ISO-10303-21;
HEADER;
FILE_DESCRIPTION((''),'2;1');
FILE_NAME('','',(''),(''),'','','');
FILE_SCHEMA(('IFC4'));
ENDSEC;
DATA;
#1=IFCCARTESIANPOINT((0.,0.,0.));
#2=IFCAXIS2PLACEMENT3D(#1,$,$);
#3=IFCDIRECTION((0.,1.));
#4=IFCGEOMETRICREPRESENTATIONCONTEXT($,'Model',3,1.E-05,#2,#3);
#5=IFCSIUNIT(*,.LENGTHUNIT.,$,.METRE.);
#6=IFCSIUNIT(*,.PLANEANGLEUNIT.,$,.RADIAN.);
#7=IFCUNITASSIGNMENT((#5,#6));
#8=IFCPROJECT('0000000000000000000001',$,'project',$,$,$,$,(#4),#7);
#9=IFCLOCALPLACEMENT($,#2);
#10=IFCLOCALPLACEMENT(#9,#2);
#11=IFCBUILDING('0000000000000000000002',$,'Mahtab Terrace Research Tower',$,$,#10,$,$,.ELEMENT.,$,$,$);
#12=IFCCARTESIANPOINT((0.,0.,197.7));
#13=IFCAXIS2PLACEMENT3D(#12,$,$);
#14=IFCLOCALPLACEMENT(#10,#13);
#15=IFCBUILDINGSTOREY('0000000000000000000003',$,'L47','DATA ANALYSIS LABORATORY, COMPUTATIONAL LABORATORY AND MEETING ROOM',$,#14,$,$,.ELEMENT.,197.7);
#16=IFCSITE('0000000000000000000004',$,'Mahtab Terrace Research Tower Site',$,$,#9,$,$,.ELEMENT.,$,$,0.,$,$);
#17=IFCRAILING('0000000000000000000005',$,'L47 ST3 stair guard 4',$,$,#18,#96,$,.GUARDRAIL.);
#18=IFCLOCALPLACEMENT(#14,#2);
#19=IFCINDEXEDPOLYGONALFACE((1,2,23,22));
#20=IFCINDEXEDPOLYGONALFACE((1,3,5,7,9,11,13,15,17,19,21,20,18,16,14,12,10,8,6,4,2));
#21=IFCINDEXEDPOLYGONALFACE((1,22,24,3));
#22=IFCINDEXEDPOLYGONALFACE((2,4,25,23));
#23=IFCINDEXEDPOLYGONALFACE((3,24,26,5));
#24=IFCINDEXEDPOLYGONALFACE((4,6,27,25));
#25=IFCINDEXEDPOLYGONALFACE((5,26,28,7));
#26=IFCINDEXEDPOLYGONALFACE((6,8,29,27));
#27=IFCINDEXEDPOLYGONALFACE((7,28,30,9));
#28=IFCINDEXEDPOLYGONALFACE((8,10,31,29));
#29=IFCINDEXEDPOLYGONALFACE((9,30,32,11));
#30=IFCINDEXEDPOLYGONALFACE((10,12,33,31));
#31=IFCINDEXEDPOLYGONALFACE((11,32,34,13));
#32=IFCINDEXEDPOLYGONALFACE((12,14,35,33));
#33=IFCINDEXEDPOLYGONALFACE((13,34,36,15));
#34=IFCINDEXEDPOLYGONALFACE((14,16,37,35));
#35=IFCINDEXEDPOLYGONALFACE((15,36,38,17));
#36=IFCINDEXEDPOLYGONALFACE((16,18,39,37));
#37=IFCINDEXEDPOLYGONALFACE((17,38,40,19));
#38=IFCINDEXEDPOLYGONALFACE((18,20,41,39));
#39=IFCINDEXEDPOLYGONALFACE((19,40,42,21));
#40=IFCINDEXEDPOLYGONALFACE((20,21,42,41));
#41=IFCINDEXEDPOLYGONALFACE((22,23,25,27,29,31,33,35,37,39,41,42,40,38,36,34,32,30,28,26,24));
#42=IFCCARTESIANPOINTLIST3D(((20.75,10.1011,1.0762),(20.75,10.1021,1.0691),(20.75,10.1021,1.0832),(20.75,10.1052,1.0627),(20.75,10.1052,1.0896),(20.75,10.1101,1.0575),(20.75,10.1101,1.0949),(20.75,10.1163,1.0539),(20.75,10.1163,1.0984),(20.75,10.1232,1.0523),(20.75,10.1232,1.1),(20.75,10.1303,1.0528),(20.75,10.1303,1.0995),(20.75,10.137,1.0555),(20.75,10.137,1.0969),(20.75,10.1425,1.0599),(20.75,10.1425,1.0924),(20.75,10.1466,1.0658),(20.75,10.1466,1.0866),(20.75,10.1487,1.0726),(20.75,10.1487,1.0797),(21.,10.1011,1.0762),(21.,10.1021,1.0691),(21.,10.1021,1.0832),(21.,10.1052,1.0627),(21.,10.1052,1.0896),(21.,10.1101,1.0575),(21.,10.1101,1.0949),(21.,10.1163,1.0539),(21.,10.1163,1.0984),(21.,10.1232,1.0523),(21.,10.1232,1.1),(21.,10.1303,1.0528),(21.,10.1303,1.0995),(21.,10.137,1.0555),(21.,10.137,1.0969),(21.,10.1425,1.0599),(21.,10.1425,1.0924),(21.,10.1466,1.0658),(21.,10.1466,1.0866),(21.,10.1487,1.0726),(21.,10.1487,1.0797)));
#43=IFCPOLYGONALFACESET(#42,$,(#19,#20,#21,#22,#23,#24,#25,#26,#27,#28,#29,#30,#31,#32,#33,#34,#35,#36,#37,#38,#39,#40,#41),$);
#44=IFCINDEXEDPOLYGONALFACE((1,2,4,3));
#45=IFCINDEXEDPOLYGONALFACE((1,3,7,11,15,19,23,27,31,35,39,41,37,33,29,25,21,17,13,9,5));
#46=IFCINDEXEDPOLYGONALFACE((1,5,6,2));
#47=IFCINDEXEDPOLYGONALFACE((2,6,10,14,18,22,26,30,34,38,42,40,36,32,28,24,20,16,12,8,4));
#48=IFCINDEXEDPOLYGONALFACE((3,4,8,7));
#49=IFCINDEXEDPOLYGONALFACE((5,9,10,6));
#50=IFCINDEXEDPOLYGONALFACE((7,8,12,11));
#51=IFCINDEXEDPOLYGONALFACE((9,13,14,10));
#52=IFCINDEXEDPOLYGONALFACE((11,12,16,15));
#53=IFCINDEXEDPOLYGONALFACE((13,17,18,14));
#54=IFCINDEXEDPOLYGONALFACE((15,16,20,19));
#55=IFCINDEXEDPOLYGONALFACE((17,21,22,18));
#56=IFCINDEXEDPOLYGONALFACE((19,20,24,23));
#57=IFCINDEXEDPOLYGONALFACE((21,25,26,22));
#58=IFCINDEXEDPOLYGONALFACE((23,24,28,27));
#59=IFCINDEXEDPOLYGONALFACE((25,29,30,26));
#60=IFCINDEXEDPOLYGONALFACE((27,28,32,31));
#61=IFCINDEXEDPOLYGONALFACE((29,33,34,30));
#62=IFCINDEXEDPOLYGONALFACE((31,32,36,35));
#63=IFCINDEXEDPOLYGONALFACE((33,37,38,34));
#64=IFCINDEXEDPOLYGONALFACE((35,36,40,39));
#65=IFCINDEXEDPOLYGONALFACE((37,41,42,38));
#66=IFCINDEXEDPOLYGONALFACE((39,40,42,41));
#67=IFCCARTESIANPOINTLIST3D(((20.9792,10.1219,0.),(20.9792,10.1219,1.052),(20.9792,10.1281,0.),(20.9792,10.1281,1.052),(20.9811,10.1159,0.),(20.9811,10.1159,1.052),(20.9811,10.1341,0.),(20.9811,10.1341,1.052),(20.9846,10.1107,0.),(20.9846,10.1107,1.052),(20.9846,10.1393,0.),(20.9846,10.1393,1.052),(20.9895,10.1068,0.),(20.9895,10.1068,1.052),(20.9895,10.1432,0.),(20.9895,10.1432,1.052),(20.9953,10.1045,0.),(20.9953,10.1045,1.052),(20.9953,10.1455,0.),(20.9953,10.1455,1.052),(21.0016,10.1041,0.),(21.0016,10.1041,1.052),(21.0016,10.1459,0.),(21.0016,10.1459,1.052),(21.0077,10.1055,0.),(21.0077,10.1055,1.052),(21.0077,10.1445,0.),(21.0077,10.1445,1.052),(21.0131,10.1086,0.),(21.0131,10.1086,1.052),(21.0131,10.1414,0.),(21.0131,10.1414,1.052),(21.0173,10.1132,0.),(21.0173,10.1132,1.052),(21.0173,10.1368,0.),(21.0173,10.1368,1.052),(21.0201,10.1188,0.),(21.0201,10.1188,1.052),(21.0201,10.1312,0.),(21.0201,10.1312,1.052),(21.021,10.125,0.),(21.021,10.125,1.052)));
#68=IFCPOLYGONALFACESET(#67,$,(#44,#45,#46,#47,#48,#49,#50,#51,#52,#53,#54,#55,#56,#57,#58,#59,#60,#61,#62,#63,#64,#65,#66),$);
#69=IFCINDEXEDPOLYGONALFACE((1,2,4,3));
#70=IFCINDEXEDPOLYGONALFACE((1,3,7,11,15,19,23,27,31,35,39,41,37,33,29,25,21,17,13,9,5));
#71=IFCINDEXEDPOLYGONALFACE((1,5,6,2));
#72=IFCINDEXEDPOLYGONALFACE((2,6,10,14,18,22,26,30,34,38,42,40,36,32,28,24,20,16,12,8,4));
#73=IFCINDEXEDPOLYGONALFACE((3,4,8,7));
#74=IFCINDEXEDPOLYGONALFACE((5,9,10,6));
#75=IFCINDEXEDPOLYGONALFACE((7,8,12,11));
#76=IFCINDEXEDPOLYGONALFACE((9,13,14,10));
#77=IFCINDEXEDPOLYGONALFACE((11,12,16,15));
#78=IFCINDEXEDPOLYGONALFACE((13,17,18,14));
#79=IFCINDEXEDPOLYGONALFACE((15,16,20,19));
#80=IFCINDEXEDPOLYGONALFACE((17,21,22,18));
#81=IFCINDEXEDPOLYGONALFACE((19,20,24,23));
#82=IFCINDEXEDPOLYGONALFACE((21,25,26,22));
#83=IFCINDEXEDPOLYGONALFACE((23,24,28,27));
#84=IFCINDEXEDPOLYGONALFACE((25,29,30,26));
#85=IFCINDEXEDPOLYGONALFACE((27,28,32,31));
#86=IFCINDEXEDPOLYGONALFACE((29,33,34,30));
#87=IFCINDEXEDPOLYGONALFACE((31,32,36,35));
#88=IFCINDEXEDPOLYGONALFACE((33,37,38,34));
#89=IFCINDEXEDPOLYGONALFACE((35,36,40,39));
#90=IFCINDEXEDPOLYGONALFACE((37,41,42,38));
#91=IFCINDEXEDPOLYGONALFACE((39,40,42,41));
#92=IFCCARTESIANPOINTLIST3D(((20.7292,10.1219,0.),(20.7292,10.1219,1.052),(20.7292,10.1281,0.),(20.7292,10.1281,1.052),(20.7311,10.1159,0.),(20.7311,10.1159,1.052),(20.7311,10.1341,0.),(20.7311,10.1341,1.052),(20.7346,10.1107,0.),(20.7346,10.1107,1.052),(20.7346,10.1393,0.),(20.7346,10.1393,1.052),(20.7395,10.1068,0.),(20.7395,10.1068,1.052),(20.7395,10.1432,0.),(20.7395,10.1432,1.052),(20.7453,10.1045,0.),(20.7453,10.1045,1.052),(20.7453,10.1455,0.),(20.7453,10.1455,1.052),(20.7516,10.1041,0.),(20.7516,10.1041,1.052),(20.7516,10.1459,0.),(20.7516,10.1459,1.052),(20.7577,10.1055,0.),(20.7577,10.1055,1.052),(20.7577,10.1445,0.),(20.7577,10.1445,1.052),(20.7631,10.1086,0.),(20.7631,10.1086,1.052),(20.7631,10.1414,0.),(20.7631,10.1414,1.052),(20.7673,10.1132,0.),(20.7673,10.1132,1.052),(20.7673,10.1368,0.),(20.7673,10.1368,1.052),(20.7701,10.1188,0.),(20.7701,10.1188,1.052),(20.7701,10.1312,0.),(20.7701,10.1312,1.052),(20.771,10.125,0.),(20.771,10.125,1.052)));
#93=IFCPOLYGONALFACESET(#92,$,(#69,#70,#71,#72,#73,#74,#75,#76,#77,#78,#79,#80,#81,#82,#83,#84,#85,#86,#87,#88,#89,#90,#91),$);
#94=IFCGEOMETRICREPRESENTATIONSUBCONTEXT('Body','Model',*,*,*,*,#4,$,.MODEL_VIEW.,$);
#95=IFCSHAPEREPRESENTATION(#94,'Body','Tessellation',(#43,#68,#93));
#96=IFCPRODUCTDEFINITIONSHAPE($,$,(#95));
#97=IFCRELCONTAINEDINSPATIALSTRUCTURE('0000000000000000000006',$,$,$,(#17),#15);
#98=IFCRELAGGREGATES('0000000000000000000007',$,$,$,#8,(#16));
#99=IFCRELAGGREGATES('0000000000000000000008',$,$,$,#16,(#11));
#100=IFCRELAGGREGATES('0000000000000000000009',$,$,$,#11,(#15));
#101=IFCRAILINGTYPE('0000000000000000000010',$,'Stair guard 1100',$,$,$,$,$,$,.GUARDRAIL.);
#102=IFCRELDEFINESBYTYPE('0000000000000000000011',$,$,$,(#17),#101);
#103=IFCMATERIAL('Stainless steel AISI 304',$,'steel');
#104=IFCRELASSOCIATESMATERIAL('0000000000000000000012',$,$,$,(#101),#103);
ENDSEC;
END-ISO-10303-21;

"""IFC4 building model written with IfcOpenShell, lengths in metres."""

from ifc_helpers import new_model, si_unit, direction, frame, origin, origin_2d, place, context, subcontext, project, spatial, circle, extrude, material, type_object, element, save


model = new_model("IFC4")

# Units and contexts
model_context = context("Model", 3, precision=1e-05, world=origin(), true_north=direction((0.0, 1.0)))
body_context = subcontext(model_context, "Body", "Model", "MODEL_VIEW")
ifc_project = project(units=[si_unit("LENGTHUNIT", "METRE"), si_unit("PLANEANGLEUNIT", "RADIAN")], contexts=[model_context])

# Site, building, storey
site_placement = place(None, origin())
site = spatial("IfcSite", under=ifc_project, at=site_placement, Name="Mahtab Terrace Research Tower Site", CompositionType="ELEMENT", RefElevation=0.0)
building_placement = place(site_placement, origin())
building = spatial("IfcBuilding", under=site, at=building_placement, Name="Mahtab Terrace Research Tower", CompositionType="ELEMENT")
storey_placement = place(building_placement, frame((0.0, 0.0, 197.7)))
storey = spatial("IfcBuildingStorey", under=building, at=storey_placement, Name="L47", Description="DATA ANALYSIS LABORATORY, COMPUTATIONAL LABORATORY AND MEETING ROOM", CompositionType="ELEMENT", Elevation=197.7)

# Railing
ifc_material_1 = material(Name="Stainless steel AISI 304", Category="steel")
railing_type_1 = type_object("IfcRailingType", Name="Stair guard 1100", PredefinedType="GUARDRAIL", material=ifc_material_1)
railing_1_placement = place(storey_placement, frame((21.0, 10.125, 0.0)))
element("IfcRailing", 1, at=railing_1_placement, inside=storey, type_object=railing_type_1, Name="L47 ST3 stair guard 4", PredefinedType="GUARDRAIL", context=body_context, shape_type="SweptSolid", body=[
    extrude(circle(Radius=0.0239, at=origin_2d()), frame((0.0, 0.0, 1.0762), z_axis=(-1.0, 0.0, 0.0), x_axis=(0.0, -1.0, 0.0)), (0.0, 0.0, 1.0), 0.25),
    extrude(circle(Radius=0.021, at=origin_2d()), origin(), (0.0, 0.0, 1.0), 1.052),
    extrude(circle(Radius=0.021, at=origin_2d()), frame((-0.25, 0.0, 0.0)), (0.0, 0.0, 1.0), 1.052),
])

save(model, "model.ifc")
